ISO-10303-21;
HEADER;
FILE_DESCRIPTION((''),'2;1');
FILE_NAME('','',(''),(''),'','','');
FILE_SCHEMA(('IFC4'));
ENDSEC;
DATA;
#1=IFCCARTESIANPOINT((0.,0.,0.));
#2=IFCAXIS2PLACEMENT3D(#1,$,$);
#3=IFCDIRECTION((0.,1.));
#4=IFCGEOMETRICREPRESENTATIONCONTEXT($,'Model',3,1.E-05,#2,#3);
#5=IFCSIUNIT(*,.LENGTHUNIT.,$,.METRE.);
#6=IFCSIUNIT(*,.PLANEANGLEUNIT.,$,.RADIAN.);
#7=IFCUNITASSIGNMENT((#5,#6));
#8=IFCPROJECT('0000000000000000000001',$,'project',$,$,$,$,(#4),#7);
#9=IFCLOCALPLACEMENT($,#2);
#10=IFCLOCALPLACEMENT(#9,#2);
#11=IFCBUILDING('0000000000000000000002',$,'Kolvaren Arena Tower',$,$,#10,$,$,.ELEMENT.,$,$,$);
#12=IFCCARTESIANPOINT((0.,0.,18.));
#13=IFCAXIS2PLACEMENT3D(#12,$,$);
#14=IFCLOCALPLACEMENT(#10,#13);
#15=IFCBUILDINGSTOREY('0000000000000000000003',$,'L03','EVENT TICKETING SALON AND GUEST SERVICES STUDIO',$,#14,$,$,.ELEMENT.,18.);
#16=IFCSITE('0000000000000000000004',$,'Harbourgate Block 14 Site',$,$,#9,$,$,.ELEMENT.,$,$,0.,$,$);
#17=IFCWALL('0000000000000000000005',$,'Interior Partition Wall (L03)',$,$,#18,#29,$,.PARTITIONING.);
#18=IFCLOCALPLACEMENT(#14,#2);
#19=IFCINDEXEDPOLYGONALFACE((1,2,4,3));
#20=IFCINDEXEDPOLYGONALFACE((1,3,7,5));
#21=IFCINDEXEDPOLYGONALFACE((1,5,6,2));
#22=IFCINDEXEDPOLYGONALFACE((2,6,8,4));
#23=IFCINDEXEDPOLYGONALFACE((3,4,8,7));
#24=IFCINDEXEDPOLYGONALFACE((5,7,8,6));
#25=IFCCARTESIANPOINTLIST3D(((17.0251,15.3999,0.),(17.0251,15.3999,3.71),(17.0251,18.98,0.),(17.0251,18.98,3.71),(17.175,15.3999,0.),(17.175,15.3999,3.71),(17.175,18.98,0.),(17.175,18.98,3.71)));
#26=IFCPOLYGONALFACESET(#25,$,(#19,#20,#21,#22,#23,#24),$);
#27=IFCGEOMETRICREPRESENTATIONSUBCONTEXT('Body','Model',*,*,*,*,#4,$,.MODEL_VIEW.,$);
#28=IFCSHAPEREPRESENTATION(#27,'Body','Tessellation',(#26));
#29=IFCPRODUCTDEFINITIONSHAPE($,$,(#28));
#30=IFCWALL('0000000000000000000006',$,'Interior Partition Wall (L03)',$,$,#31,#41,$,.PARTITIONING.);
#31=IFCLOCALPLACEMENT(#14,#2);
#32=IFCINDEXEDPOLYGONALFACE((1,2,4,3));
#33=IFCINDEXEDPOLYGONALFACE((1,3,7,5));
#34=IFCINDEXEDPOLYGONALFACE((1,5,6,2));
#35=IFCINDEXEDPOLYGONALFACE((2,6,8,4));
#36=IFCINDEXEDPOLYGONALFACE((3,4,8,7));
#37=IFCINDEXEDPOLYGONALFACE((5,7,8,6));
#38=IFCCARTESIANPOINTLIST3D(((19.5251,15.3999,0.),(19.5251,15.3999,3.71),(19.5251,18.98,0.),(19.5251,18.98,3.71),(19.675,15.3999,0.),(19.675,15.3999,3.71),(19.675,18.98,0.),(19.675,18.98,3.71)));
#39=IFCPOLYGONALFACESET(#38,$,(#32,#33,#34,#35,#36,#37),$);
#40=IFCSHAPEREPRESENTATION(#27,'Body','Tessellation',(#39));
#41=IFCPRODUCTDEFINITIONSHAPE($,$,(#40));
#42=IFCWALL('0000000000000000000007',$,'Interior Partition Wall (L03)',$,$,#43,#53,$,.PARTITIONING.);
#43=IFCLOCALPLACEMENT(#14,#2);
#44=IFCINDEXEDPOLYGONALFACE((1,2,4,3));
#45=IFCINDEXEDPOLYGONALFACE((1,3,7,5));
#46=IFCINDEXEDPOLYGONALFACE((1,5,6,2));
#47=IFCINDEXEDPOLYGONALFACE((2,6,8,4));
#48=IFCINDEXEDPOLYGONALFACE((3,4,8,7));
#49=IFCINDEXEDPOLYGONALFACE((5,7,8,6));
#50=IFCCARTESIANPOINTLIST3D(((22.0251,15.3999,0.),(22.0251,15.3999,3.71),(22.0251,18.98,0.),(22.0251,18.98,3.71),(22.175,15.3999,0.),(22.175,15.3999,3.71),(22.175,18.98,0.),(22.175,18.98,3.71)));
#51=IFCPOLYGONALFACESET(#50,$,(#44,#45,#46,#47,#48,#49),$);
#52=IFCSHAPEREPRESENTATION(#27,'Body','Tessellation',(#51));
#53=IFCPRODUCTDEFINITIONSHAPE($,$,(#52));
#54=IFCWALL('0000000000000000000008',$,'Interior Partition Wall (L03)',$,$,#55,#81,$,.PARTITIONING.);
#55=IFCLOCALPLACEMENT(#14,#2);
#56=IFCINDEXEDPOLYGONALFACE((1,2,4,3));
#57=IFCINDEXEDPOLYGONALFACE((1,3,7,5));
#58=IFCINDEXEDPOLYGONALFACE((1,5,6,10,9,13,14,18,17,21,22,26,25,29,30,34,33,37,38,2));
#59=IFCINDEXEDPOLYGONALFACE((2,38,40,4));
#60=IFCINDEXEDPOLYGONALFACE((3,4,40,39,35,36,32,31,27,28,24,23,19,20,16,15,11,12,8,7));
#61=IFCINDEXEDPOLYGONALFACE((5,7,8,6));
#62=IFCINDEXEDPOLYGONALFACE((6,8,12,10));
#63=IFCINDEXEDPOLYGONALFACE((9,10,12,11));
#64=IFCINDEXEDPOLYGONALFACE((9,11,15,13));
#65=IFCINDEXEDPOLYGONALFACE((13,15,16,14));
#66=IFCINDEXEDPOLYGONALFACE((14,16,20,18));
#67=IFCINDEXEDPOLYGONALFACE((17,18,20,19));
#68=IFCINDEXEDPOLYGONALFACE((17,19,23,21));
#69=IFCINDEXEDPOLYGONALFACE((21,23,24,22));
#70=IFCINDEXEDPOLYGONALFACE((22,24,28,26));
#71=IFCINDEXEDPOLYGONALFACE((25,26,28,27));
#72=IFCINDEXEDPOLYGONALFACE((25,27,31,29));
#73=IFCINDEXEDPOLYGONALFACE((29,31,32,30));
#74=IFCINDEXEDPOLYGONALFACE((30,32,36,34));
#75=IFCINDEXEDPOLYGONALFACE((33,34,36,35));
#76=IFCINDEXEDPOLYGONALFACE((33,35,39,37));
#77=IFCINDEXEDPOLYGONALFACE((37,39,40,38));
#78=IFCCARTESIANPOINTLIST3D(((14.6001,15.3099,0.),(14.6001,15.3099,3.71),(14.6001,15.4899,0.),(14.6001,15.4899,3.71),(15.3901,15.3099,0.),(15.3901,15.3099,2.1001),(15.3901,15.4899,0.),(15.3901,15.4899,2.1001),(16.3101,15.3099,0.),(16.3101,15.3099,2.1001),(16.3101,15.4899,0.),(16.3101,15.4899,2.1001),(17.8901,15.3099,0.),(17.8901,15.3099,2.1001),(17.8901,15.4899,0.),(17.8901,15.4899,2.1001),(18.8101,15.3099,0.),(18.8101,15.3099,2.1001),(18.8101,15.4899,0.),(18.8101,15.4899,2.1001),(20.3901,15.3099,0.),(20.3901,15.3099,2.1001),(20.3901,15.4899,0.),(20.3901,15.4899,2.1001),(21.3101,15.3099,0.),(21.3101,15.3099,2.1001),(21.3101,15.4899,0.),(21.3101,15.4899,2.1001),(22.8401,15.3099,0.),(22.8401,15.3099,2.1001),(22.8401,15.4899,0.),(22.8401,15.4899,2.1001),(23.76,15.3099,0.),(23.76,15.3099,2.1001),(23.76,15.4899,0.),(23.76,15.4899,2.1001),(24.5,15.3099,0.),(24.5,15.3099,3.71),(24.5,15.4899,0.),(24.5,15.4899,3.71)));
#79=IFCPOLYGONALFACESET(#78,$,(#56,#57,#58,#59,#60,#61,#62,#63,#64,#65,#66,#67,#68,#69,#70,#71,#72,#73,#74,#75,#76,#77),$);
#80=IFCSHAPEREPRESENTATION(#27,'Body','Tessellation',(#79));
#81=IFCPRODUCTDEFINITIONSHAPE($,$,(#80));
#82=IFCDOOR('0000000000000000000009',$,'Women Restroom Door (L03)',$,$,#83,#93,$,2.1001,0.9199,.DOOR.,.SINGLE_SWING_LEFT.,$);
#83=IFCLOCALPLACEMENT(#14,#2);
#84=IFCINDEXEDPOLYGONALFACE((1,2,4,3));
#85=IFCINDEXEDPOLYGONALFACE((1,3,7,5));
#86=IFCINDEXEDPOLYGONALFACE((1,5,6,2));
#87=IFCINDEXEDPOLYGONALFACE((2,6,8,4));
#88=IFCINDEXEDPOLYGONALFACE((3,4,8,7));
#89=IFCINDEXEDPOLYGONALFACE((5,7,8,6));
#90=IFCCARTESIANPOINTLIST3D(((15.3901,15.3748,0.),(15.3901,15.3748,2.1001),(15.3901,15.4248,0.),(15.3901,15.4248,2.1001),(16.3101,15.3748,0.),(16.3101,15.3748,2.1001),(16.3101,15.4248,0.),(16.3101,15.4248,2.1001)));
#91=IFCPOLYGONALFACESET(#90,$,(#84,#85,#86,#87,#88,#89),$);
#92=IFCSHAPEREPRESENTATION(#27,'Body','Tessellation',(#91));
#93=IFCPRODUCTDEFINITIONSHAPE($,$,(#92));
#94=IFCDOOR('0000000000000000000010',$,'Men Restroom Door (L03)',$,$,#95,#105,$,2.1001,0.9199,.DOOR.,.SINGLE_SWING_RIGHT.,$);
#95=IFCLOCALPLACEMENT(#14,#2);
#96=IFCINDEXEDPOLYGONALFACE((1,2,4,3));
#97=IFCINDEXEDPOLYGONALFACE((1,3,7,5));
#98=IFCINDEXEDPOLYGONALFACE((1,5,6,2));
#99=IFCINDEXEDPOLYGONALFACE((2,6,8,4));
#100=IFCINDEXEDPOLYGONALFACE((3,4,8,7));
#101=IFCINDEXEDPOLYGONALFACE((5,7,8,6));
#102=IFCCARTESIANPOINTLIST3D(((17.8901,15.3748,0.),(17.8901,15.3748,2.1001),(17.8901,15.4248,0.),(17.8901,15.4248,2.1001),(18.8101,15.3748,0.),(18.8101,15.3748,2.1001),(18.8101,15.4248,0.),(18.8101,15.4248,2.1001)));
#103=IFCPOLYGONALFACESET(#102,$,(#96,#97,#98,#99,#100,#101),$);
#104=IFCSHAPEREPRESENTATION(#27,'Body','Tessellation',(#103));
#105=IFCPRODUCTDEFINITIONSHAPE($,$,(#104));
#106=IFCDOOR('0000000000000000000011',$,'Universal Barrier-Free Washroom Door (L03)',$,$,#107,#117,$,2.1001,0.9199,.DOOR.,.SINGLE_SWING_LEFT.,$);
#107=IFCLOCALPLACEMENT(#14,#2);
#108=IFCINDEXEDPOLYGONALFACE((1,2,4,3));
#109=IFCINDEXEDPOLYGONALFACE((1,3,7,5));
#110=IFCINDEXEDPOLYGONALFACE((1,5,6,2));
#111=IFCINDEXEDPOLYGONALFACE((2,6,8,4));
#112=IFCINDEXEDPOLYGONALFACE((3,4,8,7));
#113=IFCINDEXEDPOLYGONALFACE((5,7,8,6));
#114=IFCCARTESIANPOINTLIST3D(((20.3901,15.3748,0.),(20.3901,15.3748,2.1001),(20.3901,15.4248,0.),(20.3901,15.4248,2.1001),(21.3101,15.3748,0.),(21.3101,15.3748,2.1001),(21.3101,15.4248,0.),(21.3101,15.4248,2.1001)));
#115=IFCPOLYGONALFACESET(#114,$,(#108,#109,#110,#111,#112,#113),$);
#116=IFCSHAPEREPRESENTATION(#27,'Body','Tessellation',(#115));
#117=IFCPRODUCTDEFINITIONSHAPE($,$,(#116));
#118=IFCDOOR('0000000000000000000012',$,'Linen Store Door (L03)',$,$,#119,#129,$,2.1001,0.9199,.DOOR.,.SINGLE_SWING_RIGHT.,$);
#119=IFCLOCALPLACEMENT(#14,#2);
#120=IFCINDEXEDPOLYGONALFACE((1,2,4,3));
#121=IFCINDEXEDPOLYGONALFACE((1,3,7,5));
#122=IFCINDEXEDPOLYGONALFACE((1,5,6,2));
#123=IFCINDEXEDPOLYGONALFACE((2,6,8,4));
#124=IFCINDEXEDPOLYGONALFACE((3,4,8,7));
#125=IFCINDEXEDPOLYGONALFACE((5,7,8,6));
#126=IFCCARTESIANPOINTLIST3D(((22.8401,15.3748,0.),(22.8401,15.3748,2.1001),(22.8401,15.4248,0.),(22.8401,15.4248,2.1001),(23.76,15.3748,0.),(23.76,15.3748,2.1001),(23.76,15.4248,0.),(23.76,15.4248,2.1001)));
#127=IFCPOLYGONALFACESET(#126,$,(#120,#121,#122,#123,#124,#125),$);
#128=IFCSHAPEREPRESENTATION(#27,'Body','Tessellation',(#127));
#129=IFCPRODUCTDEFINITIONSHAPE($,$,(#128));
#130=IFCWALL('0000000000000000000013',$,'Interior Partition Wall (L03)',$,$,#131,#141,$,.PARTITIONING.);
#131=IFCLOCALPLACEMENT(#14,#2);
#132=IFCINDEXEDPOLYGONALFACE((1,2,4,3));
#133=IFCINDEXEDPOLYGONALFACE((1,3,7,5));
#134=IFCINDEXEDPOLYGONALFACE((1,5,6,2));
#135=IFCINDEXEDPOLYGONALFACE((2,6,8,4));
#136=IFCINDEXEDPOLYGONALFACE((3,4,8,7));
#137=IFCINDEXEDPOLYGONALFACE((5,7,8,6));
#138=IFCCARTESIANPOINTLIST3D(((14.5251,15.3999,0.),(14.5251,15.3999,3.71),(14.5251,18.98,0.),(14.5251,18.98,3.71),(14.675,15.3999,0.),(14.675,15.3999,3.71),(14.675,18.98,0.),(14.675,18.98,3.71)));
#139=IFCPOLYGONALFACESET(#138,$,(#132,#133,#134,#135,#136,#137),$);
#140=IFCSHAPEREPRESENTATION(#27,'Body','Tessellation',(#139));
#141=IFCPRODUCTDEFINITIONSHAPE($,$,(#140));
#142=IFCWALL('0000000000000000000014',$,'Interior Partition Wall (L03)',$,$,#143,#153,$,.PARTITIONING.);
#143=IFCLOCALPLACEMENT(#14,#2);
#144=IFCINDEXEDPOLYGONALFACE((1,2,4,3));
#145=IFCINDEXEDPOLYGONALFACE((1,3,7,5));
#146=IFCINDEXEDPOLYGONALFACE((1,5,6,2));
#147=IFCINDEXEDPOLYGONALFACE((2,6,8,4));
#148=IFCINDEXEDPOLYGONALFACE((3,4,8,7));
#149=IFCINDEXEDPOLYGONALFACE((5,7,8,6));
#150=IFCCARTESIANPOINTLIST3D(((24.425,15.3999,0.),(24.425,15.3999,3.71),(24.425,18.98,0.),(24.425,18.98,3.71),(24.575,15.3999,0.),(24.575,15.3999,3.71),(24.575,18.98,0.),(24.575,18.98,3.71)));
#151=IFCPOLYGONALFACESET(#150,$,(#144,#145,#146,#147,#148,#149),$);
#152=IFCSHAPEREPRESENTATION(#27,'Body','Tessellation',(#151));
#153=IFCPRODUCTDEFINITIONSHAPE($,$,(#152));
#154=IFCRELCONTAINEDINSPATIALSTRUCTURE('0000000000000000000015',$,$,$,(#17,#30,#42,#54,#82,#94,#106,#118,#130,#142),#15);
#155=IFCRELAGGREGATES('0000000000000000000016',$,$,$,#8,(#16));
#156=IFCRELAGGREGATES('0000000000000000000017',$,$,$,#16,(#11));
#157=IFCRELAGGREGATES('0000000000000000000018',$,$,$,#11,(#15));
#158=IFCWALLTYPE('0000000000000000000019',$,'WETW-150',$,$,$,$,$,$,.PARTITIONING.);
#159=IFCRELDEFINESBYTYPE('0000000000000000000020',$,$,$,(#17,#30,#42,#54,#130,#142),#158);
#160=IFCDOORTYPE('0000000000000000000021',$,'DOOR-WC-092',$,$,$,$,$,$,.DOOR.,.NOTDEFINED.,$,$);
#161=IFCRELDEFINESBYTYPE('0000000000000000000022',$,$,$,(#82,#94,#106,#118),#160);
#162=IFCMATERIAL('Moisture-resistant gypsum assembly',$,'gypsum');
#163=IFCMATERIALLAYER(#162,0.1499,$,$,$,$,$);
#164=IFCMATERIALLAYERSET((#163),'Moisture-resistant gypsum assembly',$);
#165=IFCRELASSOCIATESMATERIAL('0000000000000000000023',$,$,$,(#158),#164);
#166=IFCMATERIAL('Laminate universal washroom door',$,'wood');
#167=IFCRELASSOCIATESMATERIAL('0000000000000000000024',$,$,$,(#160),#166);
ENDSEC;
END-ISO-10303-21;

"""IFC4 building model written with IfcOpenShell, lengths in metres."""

from ifc_helpers import new_model, si_unit, direction, frame, frame_2d, origin, place, context, subcontext, project, spatial, rectangle, extrude, material, layer, layer_set, type_object, element, fill, save


model = new_model("IFC4")

# Units and contexts
model_context = context("Model", 3, precision=1e-05, world=origin(), true_north=direction((0.0, 1.0)))
body_context = subcontext(model_context, "Body", "Model", "MODEL_VIEW")
ifc_project = project(units=[si_unit("LENGTHUNIT", "METRE"), si_unit("PLANEANGLEUNIT", "RADIAN")], contexts=[model_context])

# Site, building, storey
site_placement = place(None, origin())
site = spatial("IfcSite", under=ifc_project, at=site_placement, Name="Harbourgate Block 14 Site", CompositionType="ELEMENT", RefElevation=0.0)
building_placement = place(site_placement, origin())
building = spatial("IfcBuilding", under=site, at=building_placement, Name="Kolvaren Arena Tower", CompositionType="ELEMENT")
storey_placement = place(building_placement, frame((0.0, 0.0, 18.0)))
storey = spatial("IfcBuildingStorey", under=building, at=storey_placement, Name="L03", Description="EVENT TICKETING SALON AND GUEST SERVICES STUDIO", CompositionType="ELEMENT", Elevation=18.0)

# Walls
ifc_material_1 = material(Name="Moisture-resistant gypsum assembly", Category="gypsum")
ifc_layer_1 = layer(ifc_material_1, 0.1499)
ifc_layer_set_1 = layer_set([ifc_layer_1], Name="Moisture-resistant gypsum assembly")
wall_type_1 = type_object("IfcWallType", Name="WETW-150", PredefinedType="PARTITIONING", material=ifc_layer_set_1)
for number, where, z_axis, x_axis, name in (
    (1, (17.1001, 15.3999, 0.0), (0.0, 0.0, 1.0), (0.0, 1.0, 0.0), "Interior Partition Wall (L03)"),
    (2, (19.6001, 15.3999, 0.0), (0.0, 0.0, 1.0), (0.0, 1.0, 0.0), "Interior Partition Wall (L03)"),
    (3, (22.1001, 15.3999, 0.0), (0.0, 0.0, 1.0), (0.0, 1.0, 0.0), "Interior Partition Wall (L03)"),
):
    element("IfcWall", number, at=place(storey_placement, frame(where, z_axis=z_axis, x_axis=x_axis)), inside=storey, type_object=wall_type_1, Name=name, PredefinedType="PARTITIONING", context=body_context, shape_type="SweptSolid", body=[
        extrude(rectangle(XDim=3.5801, YDim=0.1499, at=frame_2d((1.79, 0.0))), origin(), (0.0, 0.0, 1.0), 3.71),
    ])

# Wall, openings, doors
wall_1_placement = place(storey_placement, frame((14.6001, 15.3999, 0.0), z_axis=(0.0, 0.0, 1.0), x_axis=(1.0, 0.0, 0.0)))
wall_1 = element("IfcWall", 4, at=wall_1_placement, inside=storey, type_object=wall_type_1, Name="Interior Partition Wall (L03)", PredefinedType="PARTITIONING", context=body_context, shape_type="SweptSolid", body=[
    extrude(rectangle(XDim=9.8999, YDim=0.1799, at=frame_2d((4.95, 0.0))), origin(), (0.0, 0.0, 1.0), 3.71),
])
opening_1_placement = place(wall_1_placement, frame((0.79, 0.0, 0.0)))
opening_1 = element("IfcOpeningElement", 5, at=opening_1_placement, cuts=wall_1, PredefinedType="OPENING", context=body_context, shape_type="SweptSolid", body=[
    extrude(rectangle(XDim=0.9199, YDim=2.1001, at=frame_2d((0.46, 1.05))), frame((0.0, 0.0999, 0.0), z_axis=(0.0, -1.0, 0.0), x_axis=(1.0, 0.0, 0.0)), (0.0, 0.0, 1.0), 0.2),
])
opening_2_placement = place(wall_1_placement, frame((3.29, 0.0, 0.0)))
opening_2 = element("IfcOpeningElement", 6, at=opening_2_placement, cuts=wall_1, PredefinedType="OPENING", context=body_context, shape_type="SweptSolid", body=[
    extrude(rectangle(XDim=0.9199, YDim=2.1001, at=frame_2d((0.46, 1.05))), frame((0.0, 0.0999, 0.0), z_axis=(0.0, -1.0, 0.0), x_axis=(1.0, 0.0, 0.0)), (0.0, 0.0, 1.0), 0.2),
])
opening_3_placement = place(wall_1_placement, frame((5.79, 0.0, 0.0)))
opening_3 = element("IfcOpeningElement", 7, at=opening_3_placement, cuts=wall_1, PredefinedType="OPENING", context=body_context, shape_type="SweptSolid", body=[
    extrude(rectangle(XDim=0.9199, YDim=2.1001, at=frame_2d((0.46, 1.05))), frame((0.0, 0.0999, 0.0), z_axis=(0.0, -1.0, 0.0), x_axis=(1.0, 0.0, 0.0)), (0.0, 0.0, 1.0), 0.2),
])
opening_4_placement = place(wall_1_placement, frame((8.24, 0.0, 0.0)))
opening_4 = element("IfcOpeningElement", 8, at=opening_4_placement, cuts=wall_1, PredefinedType="OPENING", context=body_context, shape_type="SweptSolid", body=[
    extrude(rectangle(XDim=0.9199, YDim=2.1001, at=frame_2d((0.46, 1.05))), frame((0.0, 0.0999, 0.0), z_axis=(0.0, -1.0, 0.0), x_axis=(1.0, 0.0, 0.0)), (0.0, 0.0, 1.0), 0.2),
])
ifc_material_2 = material(Name="Laminate universal washroom door", Category="wood")
door_type_1 = type_object("IfcDoorType", Name="DOOR-WC-092", OperationType="NOTDEFINED", PredefinedType="DOOR", material=ifc_material_2)
door_1_placement = place(opening_1_placement, origin())
door_1 = element("IfcDoor", 9, at=door_1_placement, inside=storey, type_object=door_type_1, Name="Women Restroom Door (L03)", OperationType="SINGLE_SWING_LEFT", OverallHeight=2.1001, OverallWidth=0.9199, PredefinedType="DOOR", context=body_context, shape_type="SweptSolid", body=[
    extrude(rectangle(XDim=0.9199, YDim=2.1001, at=frame_2d((0.46, 1.05))), frame((0.0, 0.0249, 0.0), z_axis=(0.0, -1.0, 0.0), x_axis=(1.0, 0.0, 0.0)), (0.0, 0.0, 1.0), 0.05),
])
fill(opening_1, door_1)
door_2_placement = place(opening_2_placement, origin())
door_2 = element("IfcDoor", 10, at=door_2_placement, inside=storey, type_object=door_type_1, Name="Men Restroom Door (L03)", OperationType="SINGLE_SWING_RIGHT", OverallHeight=2.1001, OverallWidth=0.9199, PredefinedType="DOOR", context=body_context, shape_type="SweptSolid", body=[
    extrude(rectangle(XDim=0.9199, YDim=2.1001, at=frame_2d((0.46, 1.05))), frame((0.0, 0.0249, 0.0), z_axis=(0.0, -1.0, 0.0), x_axis=(1.0, 0.0, 0.0)), (0.0, 0.0, 1.0), 0.05),
])
fill(opening_2, door_2)
door_3_placement = place(opening_3_placement, origin())
door_3 = element("IfcDoor", 11, at=door_3_placement, inside=storey, type_object=door_type_1, Name="Universal Barrier-Free Washroom Door (L03)", OperationType="SINGLE_SWING_LEFT", OverallHeight=2.1001, OverallWidth=0.9199, PredefinedType="DOOR", context=body_context, shape_type="SweptSolid", body=[
    extrude(rectangle(XDim=0.9199, YDim=2.1001, at=frame_2d((0.46, 1.05))), frame((0.0, 0.0249, 0.0), z_axis=(0.0, -1.0, 0.0), x_axis=(1.0, 0.0, 0.0)), (0.0, 0.0, 1.0), 0.05),
])
fill(opening_3, door_3)
door_4_placement = place(opening_4_placement, origin())
door_4 = element("IfcDoor", 12, at=door_4_placement, inside=storey, type_object=door_type_1, Name="Linen Store Door (L03)", OperationType="SINGLE_SWING_RIGHT", OverallHeight=2.1001, OverallWidth=0.9199, PredefinedType="DOOR", context=body_context, shape_type="SweptSolid", body=[
    extrude(rectangle(XDim=0.9199, YDim=2.1001, at=frame_2d((0.46, 1.05))), frame((0.0, 0.0249, 0.0), z_axis=(0.0, -1.0, 0.0), x_axis=(1.0, 0.0, 0.0)), (0.0, 0.0, 1.0), 0.05),
])
fill(opening_4, door_4)

# Walls
for number, where, z_axis, x_axis, name in (
    (13, (14.6001, 15.3999, 0.0), (0.0, 0.0, 1.0), (0.0, 1.0, 0.0), "Interior Partition Wall (L03)"),
    (14, (24.5, 15.3999, 0.0), (0.0, 0.0, 1.0), (0.0, 1.0, 0.0), "Interior Partition Wall (L03)"),
):
    element("IfcWall", number, at=place(storey_placement, frame(where, z_axis=z_axis, x_axis=x_axis)), inside=storey, type_object=wall_type_1, Name=name, PredefinedType="PARTITIONING", context=body_context, shape_type="SweptSolid", body=[
        extrude(rectangle(XDim=3.5801, YDim=0.1499, at=frame_2d((1.79, 0.0))), origin(), (0.0, 0.0, 1.0), 3.71),
    ])

save(model, "model.ifc")
